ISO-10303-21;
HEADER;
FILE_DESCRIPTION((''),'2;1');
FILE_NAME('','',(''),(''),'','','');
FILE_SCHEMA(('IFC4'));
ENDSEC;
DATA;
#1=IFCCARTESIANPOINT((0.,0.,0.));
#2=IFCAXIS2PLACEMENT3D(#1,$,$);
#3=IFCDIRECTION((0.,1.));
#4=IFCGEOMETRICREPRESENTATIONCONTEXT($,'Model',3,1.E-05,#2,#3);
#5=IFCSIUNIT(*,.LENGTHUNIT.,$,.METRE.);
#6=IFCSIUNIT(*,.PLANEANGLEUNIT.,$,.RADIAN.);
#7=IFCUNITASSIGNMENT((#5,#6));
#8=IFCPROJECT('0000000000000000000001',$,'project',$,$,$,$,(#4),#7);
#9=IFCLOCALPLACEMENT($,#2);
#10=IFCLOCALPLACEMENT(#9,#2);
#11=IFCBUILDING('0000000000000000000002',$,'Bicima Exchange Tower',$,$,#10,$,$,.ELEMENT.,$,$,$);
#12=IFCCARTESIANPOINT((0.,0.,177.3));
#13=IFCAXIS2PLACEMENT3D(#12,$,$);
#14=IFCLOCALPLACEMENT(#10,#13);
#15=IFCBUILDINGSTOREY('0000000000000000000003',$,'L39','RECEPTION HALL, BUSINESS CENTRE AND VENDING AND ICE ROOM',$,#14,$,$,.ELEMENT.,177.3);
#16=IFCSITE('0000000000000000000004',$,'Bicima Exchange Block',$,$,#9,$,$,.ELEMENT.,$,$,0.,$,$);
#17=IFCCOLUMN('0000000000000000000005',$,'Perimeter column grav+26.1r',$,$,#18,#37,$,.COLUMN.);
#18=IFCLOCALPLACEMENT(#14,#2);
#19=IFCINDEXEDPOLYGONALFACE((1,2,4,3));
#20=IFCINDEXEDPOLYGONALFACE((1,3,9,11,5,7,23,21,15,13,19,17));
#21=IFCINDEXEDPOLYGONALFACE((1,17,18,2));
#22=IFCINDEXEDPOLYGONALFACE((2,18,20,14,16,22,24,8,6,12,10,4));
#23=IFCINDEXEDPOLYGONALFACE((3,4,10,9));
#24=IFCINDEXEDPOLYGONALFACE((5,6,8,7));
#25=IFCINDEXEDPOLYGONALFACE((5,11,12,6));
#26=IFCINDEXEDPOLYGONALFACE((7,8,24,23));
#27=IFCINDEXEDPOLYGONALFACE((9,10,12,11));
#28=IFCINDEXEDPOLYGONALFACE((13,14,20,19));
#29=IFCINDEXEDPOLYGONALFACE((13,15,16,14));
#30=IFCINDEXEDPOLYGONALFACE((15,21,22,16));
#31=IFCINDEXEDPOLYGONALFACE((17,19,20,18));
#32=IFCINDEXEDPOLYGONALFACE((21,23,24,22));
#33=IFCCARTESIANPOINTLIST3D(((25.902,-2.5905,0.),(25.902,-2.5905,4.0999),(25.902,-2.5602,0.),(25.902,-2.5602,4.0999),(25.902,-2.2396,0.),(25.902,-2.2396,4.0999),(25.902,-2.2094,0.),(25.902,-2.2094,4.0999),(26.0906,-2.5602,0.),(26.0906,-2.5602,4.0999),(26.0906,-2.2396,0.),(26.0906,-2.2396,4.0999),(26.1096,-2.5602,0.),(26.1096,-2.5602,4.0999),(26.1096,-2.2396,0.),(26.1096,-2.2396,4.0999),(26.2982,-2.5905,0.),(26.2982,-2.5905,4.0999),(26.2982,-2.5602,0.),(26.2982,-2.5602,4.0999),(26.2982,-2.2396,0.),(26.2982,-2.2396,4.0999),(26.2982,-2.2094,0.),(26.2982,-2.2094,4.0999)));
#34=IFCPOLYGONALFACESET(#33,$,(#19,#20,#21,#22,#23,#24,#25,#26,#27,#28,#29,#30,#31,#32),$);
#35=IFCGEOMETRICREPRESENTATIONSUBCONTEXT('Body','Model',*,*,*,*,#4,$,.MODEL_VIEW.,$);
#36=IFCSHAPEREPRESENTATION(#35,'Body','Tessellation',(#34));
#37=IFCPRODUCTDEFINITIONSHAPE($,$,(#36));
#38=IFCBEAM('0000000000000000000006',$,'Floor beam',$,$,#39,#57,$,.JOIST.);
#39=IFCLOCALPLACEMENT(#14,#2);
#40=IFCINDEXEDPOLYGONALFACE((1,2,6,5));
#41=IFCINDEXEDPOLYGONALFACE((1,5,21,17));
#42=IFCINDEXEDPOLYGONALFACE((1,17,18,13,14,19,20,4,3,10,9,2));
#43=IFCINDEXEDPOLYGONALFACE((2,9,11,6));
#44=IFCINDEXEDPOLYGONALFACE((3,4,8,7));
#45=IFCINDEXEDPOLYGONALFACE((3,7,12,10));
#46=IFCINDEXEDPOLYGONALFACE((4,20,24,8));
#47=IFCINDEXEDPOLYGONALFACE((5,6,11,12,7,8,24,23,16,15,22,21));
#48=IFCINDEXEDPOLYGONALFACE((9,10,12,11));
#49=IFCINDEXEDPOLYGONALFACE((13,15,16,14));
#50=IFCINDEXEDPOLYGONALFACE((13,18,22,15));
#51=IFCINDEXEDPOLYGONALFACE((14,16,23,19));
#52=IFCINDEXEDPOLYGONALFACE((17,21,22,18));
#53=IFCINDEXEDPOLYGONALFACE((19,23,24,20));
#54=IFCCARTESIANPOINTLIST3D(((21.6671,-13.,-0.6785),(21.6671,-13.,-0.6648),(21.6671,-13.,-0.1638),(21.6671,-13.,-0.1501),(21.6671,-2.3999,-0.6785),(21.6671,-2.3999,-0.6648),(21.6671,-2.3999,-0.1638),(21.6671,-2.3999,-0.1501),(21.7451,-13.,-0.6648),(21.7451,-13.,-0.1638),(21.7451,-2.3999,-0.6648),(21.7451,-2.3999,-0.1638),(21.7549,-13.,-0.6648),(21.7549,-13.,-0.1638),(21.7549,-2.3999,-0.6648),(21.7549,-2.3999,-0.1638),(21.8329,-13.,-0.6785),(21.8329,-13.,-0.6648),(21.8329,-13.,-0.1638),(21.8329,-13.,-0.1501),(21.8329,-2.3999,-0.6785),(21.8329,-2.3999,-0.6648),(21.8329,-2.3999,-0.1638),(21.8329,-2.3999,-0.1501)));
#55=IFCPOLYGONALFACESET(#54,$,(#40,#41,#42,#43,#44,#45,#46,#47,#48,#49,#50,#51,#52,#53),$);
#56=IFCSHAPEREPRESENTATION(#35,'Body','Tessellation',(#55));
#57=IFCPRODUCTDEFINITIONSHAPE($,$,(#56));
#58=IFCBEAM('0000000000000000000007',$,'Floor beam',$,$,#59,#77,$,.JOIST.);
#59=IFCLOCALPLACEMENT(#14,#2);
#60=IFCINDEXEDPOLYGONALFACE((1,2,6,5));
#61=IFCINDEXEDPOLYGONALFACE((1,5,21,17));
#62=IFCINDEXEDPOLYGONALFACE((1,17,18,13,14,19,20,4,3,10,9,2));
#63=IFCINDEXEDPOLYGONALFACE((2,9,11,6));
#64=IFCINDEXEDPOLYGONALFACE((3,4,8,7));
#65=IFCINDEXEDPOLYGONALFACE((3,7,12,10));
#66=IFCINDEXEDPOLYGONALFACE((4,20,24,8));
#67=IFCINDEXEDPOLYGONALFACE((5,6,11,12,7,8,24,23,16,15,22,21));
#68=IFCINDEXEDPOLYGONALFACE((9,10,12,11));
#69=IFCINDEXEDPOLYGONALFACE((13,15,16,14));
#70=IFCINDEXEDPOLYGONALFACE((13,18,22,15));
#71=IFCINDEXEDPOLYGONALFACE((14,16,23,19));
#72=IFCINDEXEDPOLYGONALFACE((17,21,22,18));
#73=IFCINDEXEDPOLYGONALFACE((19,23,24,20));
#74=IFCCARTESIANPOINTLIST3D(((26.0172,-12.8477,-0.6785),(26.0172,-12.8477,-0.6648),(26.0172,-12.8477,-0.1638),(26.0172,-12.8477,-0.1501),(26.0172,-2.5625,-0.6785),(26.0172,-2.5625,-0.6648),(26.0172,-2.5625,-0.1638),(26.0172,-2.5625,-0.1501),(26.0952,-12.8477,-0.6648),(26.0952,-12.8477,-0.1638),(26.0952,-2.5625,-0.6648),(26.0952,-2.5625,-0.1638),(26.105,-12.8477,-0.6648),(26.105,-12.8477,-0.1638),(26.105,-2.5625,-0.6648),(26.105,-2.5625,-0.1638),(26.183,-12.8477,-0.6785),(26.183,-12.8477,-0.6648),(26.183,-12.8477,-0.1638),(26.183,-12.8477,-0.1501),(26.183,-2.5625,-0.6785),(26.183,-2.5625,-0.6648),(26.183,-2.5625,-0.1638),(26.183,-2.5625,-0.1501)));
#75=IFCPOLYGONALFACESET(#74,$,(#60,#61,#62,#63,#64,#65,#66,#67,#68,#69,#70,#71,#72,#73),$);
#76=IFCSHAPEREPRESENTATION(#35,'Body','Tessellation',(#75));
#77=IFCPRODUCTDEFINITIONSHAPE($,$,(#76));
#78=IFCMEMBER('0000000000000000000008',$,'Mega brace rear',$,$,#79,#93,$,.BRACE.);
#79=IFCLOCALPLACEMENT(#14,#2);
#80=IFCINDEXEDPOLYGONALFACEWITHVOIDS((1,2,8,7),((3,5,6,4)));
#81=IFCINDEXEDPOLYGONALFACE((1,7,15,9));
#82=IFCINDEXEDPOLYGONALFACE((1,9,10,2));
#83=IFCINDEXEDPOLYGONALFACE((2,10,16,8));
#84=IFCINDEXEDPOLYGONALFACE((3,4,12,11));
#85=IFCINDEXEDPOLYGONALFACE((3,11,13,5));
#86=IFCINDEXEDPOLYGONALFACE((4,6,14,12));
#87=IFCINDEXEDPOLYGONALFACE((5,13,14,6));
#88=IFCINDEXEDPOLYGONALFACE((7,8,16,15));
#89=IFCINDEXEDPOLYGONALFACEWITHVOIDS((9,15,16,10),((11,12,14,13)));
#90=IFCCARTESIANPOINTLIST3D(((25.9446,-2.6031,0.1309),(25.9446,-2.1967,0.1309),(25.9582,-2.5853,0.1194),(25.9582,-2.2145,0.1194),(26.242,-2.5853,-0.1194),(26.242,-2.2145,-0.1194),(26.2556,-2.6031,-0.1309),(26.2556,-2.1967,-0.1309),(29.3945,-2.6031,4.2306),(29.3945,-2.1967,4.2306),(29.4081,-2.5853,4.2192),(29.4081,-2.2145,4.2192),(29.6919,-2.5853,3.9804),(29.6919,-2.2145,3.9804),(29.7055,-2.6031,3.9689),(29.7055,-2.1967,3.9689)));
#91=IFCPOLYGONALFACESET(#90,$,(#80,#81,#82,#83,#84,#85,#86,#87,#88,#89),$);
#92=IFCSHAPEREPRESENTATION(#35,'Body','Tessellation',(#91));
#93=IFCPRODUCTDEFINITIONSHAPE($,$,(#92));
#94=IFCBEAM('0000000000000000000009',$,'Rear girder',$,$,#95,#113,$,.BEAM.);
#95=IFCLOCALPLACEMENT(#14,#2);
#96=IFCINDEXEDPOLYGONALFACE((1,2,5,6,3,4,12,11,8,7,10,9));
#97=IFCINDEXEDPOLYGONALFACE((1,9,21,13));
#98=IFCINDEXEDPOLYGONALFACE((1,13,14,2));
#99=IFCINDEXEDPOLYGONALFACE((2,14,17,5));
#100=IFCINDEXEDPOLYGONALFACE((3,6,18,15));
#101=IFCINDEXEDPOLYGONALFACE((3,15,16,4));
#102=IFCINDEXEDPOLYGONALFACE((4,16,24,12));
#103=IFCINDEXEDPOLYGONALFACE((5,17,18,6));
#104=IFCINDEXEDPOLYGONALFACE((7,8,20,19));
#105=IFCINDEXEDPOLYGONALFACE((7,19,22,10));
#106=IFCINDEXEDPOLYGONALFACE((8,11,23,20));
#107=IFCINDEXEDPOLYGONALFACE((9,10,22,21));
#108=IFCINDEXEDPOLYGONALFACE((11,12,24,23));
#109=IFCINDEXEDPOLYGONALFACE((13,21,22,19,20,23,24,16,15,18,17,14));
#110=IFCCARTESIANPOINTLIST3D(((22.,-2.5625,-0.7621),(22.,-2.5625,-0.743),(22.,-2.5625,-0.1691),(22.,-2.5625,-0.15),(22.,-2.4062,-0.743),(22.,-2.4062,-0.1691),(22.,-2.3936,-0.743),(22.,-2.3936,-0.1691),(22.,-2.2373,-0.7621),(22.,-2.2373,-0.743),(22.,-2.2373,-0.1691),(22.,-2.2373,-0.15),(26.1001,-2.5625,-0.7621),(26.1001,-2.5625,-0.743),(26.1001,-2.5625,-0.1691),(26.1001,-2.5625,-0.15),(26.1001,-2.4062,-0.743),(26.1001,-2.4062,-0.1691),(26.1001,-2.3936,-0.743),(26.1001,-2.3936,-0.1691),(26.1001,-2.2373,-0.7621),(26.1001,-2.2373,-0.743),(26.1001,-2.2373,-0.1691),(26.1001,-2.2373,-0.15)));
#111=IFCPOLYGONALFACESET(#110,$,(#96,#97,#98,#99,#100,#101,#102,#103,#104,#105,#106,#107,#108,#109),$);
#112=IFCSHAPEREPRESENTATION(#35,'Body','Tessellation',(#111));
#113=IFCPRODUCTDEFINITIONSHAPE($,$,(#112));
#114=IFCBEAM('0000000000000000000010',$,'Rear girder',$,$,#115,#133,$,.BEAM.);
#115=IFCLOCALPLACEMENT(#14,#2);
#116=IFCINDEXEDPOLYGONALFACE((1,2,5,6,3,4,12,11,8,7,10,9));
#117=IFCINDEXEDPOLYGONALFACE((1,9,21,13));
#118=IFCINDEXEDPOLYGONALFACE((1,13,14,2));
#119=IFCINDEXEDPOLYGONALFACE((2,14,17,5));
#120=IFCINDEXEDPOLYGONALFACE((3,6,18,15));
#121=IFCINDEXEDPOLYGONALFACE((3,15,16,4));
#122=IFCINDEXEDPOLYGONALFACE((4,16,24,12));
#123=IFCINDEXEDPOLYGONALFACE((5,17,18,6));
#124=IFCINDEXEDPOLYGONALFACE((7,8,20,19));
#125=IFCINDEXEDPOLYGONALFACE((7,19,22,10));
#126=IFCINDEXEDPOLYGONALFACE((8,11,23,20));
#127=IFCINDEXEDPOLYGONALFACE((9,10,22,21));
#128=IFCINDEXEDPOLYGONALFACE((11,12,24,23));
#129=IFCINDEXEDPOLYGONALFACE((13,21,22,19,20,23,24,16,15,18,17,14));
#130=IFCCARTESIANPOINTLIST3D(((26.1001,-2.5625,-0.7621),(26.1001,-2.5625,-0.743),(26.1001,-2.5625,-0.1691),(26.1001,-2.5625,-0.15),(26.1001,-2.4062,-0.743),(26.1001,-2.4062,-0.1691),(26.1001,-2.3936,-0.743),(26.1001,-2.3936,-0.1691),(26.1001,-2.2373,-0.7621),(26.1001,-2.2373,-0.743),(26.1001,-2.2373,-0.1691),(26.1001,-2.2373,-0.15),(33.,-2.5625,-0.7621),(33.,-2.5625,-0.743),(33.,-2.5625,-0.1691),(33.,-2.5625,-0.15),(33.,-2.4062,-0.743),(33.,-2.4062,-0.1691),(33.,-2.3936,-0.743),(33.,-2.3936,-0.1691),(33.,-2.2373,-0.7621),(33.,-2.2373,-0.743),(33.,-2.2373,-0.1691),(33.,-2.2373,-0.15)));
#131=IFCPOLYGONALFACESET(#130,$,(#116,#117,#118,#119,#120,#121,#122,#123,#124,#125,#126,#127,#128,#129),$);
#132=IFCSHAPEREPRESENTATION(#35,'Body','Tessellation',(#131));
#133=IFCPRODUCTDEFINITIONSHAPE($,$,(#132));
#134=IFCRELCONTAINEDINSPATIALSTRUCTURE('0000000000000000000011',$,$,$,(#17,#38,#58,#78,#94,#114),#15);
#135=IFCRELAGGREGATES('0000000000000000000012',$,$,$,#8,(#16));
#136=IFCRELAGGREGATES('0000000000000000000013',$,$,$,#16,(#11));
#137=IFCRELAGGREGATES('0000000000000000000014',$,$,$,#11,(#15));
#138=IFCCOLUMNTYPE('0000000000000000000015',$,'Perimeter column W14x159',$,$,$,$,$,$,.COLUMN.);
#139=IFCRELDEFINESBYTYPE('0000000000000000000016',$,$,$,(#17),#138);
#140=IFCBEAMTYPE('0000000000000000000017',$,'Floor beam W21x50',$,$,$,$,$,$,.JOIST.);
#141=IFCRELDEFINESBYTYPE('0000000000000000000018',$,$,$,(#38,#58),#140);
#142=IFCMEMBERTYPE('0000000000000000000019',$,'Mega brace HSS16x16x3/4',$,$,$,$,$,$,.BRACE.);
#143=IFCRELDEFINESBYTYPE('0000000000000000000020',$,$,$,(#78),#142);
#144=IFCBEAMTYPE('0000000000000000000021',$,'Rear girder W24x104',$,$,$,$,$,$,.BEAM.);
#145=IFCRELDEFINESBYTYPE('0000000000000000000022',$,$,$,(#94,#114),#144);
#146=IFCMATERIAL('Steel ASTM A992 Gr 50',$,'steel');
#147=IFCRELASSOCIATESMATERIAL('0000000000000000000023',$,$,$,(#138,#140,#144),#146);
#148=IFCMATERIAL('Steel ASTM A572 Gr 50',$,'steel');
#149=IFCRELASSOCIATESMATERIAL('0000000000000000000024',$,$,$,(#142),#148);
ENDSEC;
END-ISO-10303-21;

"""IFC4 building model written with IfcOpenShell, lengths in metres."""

from ifc_helpers import new_model, si_unit, direction, frame, origin, origin_2d, place, context, subcontext, project, spatial, hollow_rectangle, i_section, extrude, material, material_profile, profile_set, type_object, element, save


model = new_model("IFC4")

# Units and contexts
model_context = context("Model", 3, precision=1e-05, world=origin(), true_north=direction((0.0, 1.0)))
body_context = subcontext(model_context, "Body", "Model", "MODEL_VIEW")
ifc_project = project(units=[si_unit("LENGTHUNIT", "METRE"), si_unit("PLANEANGLEUNIT", "RADIAN")], contexts=[model_context])

# Site, building, storey
site_placement = place(None, origin())
site = spatial("IfcSite", under=ifc_project, at=site_placement, Name="Bicima Exchange Block", CompositionType="ELEMENT", RefElevation=0.0)
building_placement = place(site_placement, origin())
building = spatial("IfcBuilding", under=site, at=building_placement, Name="Bicima Exchange Tower", CompositionType="ELEMENT")
storey_placement = place(building_placement, frame((0.0, 0.0, 177.3)))
storey = spatial("IfcBuildingStorey", under=building, at=storey_placement, Name="L39", Description="RECEPTION HALL, BUSINESS CENTRE AND VENDING AND ICE ROOM", CompositionType="ELEMENT", Elevation=177.3)

# Column
ifc_material_1 = material(Name="Steel ASTM A992 Gr 50", Category="steel")
ifc_material_profile_1 = material_profile(ifc_material_1, i_section(OverallWidth=0.3962, OverallDepth=0.3811, WebThickness=0.019, FlangeThickness=0.0303, at=origin_2d()))
ifc_profile_set_1 = profile_set([ifc_material_profile_1], Name="Steel ASTM A992 Gr 50")
column_type = type_object("IfcColumnType", Name="Perimeter column W14x159", PredefinedType="COLUMN", material=ifc_profile_set_1)
column_placement = place(storey_placement, frame((26.1001, -2.3999, 0.0), z_axis=(0.0, 0.0, 1.0), x_axis=(1.0, 0.0, 0.0)))
element("IfcColumn", 1, at=column_placement, inside=storey, type_object=column_type, Name="Perimeter column grav+26.1r", PredefinedType="COLUMN", context=body_context, shape_type="SweptSolid", body=[
    extrude(i_section(OverallWidth=0.3962, OverallDepth=0.3811, WebThickness=0.019, FlangeThickness=0.0303, at=origin_2d()), origin(), (0.0, 0.0, 1.0), 4.0999),
])

# Beams
ifc_material_profile_2 = material_profile(ifc_material_1, i_section(OverallWidth=0.1658, OverallDepth=0.5283, WebThickness=0.0098, FlangeThickness=0.0137, at=origin_2d()))
ifc_profile_set_2 = profile_set([ifc_material_profile_2], Name="Steel ASTM A992 Gr 50")
beam_type_1 = type_object("IfcBeamType", Name="Floor beam W21x50", PredefinedType="JOIST", material=ifc_profile_set_2)
beam_1_placement = place(storey_placement, frame((21.75, -2.3999, -0.4143), z_axis=(0.0, -1.0, 0.0), x_axis=(1.0, 0.0, 0.0)))
element("IfcBeam", 2, at=beam_1_placement, inside=storey, type_object=beam_type_1, Name="Floor beam", PredefinedType="JOIST", context=body_context, shape_type="SweptSolid", body=[
    extrude(i_section(OverallWidth=0.1658, OverallDepth=0.5283, WebThickness=0.0098, FlangeThickness=0.0137, at=origin_2d()), origin(), (0.0, 0.0, 1.0), 10.6001),
])
beam_2_placement = place(storey_placement, frame((26.1001, -2.5625, -0.4143), z_axis=(0.0, -1.0, 0.0), x_axis=(1.0, 0.0, 0.0)))
element("IfcBeam", 3, at=beam_2_placement, inside=storey, type_object=beam_type_1, Name="Floor beam", PredefinedType="JOIST", context=body_context, shape_type="SweptSolid", body=[
    extrude(i_section(OverallWidth=0.1658, OverallDepth=0.5283, WebThickness=0.0098, FlangeThickness=0.0137, at=origin_2d()), origin(), (0.0, 0.0, 1.0), 10.2852),
])

# Member
ifc_material_2 = material(Name="Steel ASTM A572 Gr 50", Category="steel")
ifc_material_profile_3 = material_profile(ifc_material_2, hollow_rectangle(XDim=0.4065, YDim=0.4065, WallThickness=0.0178, at=origin_2d()))
ifc_profile_set_3 = profile_set([ifc_material_profile_3], Name="Steel ASTM A572 Gr 50")
member_type = type_object("IfcMemberType", Name="Mega brace HSS16x16x3/4", PredefinedType="BRACE", material=ifc_profile_set_3)
member_placement = place(storey_placement, frame((26.1001, -2.3999, 0.0), z_axis=(0.643856, 0.0, 0.765146), x_axis=(0.0, 1.0, 0.0)))
element("IfcMember", 4, at=member_placement, inside=storey, type_object=member_type, Name="Mega brace rear", PredefinedType="BRACE", context=body_context, shape_type="SweptSolid", body=[
    extrude(hollow_rectangle(XDim=0.4065, YDim=0.4065, WallThickness=0.0178, at=origin_2d()), origin(), (0.0, 0.0, 1.0), 5.3582),
])

# Beams
ifc_material_profile_4 = material_profile(ifc_material_1, i_section(OverallWidth=0.3252, OverallDepth=0.6121, WebThickness=0.0127, FlangeThickness=0.019, at=origin_2d()))
ifc_profile_set_4 = profile_set([ifc_material_profile_4], Name="Steel ASTM A992 Gr 50")
beam_type_2 = type_object("IfcBeamType", Name="Rear girder W24x104", PredefinedType="BEAM", material=ifc_profile_set_4)
beam_3_placement = place(storey_placement, frame((22.0, -2.3999, -0.4561), z_axis=(1.0, 0.0, 0.0), x_axis=(0.0, 1.0, 0.0)))
element("IfcBeam", 5, at=beam_3_placement, inside=storey, type_object=beam_type_2, Name="Rear girder", PredefinedType="BEAM", context=body_context, shape_type="SweptSolid", body=[
    extrude(i_section(OverallWidth=0.3252, OverallDepth=0.6121, WebThickness=0.0127, FlangeThickness=0.019, at=origin_2d()), origin(), (0.0, 0.0, 1.0), 4.1001),
])
beam_4_placement = place(storey_placement, frame((26.1001, -2.3999, -0.4561), z_axis=(1.0, 0.0, 0.0), x_axis=(0.0, 1.0, 0.0)))
element("IfcBeam", 6, at=beam_4_placement, inside=storey, type_object=beam_type_2, Name="Rear girder", PredefinedType="BEAM", context=body_context, shape_type="SweptSolid", body=[
    extrude(i_section(OverallWidth=0.3252, OverallDepth=0.6121, WebThickness=0.0127, FlangeThickness=0.019, at=origin_2d()), origin(), (0.0, 0.0, 1.0), 6.8999),
])

save(model, "model.ifc")
